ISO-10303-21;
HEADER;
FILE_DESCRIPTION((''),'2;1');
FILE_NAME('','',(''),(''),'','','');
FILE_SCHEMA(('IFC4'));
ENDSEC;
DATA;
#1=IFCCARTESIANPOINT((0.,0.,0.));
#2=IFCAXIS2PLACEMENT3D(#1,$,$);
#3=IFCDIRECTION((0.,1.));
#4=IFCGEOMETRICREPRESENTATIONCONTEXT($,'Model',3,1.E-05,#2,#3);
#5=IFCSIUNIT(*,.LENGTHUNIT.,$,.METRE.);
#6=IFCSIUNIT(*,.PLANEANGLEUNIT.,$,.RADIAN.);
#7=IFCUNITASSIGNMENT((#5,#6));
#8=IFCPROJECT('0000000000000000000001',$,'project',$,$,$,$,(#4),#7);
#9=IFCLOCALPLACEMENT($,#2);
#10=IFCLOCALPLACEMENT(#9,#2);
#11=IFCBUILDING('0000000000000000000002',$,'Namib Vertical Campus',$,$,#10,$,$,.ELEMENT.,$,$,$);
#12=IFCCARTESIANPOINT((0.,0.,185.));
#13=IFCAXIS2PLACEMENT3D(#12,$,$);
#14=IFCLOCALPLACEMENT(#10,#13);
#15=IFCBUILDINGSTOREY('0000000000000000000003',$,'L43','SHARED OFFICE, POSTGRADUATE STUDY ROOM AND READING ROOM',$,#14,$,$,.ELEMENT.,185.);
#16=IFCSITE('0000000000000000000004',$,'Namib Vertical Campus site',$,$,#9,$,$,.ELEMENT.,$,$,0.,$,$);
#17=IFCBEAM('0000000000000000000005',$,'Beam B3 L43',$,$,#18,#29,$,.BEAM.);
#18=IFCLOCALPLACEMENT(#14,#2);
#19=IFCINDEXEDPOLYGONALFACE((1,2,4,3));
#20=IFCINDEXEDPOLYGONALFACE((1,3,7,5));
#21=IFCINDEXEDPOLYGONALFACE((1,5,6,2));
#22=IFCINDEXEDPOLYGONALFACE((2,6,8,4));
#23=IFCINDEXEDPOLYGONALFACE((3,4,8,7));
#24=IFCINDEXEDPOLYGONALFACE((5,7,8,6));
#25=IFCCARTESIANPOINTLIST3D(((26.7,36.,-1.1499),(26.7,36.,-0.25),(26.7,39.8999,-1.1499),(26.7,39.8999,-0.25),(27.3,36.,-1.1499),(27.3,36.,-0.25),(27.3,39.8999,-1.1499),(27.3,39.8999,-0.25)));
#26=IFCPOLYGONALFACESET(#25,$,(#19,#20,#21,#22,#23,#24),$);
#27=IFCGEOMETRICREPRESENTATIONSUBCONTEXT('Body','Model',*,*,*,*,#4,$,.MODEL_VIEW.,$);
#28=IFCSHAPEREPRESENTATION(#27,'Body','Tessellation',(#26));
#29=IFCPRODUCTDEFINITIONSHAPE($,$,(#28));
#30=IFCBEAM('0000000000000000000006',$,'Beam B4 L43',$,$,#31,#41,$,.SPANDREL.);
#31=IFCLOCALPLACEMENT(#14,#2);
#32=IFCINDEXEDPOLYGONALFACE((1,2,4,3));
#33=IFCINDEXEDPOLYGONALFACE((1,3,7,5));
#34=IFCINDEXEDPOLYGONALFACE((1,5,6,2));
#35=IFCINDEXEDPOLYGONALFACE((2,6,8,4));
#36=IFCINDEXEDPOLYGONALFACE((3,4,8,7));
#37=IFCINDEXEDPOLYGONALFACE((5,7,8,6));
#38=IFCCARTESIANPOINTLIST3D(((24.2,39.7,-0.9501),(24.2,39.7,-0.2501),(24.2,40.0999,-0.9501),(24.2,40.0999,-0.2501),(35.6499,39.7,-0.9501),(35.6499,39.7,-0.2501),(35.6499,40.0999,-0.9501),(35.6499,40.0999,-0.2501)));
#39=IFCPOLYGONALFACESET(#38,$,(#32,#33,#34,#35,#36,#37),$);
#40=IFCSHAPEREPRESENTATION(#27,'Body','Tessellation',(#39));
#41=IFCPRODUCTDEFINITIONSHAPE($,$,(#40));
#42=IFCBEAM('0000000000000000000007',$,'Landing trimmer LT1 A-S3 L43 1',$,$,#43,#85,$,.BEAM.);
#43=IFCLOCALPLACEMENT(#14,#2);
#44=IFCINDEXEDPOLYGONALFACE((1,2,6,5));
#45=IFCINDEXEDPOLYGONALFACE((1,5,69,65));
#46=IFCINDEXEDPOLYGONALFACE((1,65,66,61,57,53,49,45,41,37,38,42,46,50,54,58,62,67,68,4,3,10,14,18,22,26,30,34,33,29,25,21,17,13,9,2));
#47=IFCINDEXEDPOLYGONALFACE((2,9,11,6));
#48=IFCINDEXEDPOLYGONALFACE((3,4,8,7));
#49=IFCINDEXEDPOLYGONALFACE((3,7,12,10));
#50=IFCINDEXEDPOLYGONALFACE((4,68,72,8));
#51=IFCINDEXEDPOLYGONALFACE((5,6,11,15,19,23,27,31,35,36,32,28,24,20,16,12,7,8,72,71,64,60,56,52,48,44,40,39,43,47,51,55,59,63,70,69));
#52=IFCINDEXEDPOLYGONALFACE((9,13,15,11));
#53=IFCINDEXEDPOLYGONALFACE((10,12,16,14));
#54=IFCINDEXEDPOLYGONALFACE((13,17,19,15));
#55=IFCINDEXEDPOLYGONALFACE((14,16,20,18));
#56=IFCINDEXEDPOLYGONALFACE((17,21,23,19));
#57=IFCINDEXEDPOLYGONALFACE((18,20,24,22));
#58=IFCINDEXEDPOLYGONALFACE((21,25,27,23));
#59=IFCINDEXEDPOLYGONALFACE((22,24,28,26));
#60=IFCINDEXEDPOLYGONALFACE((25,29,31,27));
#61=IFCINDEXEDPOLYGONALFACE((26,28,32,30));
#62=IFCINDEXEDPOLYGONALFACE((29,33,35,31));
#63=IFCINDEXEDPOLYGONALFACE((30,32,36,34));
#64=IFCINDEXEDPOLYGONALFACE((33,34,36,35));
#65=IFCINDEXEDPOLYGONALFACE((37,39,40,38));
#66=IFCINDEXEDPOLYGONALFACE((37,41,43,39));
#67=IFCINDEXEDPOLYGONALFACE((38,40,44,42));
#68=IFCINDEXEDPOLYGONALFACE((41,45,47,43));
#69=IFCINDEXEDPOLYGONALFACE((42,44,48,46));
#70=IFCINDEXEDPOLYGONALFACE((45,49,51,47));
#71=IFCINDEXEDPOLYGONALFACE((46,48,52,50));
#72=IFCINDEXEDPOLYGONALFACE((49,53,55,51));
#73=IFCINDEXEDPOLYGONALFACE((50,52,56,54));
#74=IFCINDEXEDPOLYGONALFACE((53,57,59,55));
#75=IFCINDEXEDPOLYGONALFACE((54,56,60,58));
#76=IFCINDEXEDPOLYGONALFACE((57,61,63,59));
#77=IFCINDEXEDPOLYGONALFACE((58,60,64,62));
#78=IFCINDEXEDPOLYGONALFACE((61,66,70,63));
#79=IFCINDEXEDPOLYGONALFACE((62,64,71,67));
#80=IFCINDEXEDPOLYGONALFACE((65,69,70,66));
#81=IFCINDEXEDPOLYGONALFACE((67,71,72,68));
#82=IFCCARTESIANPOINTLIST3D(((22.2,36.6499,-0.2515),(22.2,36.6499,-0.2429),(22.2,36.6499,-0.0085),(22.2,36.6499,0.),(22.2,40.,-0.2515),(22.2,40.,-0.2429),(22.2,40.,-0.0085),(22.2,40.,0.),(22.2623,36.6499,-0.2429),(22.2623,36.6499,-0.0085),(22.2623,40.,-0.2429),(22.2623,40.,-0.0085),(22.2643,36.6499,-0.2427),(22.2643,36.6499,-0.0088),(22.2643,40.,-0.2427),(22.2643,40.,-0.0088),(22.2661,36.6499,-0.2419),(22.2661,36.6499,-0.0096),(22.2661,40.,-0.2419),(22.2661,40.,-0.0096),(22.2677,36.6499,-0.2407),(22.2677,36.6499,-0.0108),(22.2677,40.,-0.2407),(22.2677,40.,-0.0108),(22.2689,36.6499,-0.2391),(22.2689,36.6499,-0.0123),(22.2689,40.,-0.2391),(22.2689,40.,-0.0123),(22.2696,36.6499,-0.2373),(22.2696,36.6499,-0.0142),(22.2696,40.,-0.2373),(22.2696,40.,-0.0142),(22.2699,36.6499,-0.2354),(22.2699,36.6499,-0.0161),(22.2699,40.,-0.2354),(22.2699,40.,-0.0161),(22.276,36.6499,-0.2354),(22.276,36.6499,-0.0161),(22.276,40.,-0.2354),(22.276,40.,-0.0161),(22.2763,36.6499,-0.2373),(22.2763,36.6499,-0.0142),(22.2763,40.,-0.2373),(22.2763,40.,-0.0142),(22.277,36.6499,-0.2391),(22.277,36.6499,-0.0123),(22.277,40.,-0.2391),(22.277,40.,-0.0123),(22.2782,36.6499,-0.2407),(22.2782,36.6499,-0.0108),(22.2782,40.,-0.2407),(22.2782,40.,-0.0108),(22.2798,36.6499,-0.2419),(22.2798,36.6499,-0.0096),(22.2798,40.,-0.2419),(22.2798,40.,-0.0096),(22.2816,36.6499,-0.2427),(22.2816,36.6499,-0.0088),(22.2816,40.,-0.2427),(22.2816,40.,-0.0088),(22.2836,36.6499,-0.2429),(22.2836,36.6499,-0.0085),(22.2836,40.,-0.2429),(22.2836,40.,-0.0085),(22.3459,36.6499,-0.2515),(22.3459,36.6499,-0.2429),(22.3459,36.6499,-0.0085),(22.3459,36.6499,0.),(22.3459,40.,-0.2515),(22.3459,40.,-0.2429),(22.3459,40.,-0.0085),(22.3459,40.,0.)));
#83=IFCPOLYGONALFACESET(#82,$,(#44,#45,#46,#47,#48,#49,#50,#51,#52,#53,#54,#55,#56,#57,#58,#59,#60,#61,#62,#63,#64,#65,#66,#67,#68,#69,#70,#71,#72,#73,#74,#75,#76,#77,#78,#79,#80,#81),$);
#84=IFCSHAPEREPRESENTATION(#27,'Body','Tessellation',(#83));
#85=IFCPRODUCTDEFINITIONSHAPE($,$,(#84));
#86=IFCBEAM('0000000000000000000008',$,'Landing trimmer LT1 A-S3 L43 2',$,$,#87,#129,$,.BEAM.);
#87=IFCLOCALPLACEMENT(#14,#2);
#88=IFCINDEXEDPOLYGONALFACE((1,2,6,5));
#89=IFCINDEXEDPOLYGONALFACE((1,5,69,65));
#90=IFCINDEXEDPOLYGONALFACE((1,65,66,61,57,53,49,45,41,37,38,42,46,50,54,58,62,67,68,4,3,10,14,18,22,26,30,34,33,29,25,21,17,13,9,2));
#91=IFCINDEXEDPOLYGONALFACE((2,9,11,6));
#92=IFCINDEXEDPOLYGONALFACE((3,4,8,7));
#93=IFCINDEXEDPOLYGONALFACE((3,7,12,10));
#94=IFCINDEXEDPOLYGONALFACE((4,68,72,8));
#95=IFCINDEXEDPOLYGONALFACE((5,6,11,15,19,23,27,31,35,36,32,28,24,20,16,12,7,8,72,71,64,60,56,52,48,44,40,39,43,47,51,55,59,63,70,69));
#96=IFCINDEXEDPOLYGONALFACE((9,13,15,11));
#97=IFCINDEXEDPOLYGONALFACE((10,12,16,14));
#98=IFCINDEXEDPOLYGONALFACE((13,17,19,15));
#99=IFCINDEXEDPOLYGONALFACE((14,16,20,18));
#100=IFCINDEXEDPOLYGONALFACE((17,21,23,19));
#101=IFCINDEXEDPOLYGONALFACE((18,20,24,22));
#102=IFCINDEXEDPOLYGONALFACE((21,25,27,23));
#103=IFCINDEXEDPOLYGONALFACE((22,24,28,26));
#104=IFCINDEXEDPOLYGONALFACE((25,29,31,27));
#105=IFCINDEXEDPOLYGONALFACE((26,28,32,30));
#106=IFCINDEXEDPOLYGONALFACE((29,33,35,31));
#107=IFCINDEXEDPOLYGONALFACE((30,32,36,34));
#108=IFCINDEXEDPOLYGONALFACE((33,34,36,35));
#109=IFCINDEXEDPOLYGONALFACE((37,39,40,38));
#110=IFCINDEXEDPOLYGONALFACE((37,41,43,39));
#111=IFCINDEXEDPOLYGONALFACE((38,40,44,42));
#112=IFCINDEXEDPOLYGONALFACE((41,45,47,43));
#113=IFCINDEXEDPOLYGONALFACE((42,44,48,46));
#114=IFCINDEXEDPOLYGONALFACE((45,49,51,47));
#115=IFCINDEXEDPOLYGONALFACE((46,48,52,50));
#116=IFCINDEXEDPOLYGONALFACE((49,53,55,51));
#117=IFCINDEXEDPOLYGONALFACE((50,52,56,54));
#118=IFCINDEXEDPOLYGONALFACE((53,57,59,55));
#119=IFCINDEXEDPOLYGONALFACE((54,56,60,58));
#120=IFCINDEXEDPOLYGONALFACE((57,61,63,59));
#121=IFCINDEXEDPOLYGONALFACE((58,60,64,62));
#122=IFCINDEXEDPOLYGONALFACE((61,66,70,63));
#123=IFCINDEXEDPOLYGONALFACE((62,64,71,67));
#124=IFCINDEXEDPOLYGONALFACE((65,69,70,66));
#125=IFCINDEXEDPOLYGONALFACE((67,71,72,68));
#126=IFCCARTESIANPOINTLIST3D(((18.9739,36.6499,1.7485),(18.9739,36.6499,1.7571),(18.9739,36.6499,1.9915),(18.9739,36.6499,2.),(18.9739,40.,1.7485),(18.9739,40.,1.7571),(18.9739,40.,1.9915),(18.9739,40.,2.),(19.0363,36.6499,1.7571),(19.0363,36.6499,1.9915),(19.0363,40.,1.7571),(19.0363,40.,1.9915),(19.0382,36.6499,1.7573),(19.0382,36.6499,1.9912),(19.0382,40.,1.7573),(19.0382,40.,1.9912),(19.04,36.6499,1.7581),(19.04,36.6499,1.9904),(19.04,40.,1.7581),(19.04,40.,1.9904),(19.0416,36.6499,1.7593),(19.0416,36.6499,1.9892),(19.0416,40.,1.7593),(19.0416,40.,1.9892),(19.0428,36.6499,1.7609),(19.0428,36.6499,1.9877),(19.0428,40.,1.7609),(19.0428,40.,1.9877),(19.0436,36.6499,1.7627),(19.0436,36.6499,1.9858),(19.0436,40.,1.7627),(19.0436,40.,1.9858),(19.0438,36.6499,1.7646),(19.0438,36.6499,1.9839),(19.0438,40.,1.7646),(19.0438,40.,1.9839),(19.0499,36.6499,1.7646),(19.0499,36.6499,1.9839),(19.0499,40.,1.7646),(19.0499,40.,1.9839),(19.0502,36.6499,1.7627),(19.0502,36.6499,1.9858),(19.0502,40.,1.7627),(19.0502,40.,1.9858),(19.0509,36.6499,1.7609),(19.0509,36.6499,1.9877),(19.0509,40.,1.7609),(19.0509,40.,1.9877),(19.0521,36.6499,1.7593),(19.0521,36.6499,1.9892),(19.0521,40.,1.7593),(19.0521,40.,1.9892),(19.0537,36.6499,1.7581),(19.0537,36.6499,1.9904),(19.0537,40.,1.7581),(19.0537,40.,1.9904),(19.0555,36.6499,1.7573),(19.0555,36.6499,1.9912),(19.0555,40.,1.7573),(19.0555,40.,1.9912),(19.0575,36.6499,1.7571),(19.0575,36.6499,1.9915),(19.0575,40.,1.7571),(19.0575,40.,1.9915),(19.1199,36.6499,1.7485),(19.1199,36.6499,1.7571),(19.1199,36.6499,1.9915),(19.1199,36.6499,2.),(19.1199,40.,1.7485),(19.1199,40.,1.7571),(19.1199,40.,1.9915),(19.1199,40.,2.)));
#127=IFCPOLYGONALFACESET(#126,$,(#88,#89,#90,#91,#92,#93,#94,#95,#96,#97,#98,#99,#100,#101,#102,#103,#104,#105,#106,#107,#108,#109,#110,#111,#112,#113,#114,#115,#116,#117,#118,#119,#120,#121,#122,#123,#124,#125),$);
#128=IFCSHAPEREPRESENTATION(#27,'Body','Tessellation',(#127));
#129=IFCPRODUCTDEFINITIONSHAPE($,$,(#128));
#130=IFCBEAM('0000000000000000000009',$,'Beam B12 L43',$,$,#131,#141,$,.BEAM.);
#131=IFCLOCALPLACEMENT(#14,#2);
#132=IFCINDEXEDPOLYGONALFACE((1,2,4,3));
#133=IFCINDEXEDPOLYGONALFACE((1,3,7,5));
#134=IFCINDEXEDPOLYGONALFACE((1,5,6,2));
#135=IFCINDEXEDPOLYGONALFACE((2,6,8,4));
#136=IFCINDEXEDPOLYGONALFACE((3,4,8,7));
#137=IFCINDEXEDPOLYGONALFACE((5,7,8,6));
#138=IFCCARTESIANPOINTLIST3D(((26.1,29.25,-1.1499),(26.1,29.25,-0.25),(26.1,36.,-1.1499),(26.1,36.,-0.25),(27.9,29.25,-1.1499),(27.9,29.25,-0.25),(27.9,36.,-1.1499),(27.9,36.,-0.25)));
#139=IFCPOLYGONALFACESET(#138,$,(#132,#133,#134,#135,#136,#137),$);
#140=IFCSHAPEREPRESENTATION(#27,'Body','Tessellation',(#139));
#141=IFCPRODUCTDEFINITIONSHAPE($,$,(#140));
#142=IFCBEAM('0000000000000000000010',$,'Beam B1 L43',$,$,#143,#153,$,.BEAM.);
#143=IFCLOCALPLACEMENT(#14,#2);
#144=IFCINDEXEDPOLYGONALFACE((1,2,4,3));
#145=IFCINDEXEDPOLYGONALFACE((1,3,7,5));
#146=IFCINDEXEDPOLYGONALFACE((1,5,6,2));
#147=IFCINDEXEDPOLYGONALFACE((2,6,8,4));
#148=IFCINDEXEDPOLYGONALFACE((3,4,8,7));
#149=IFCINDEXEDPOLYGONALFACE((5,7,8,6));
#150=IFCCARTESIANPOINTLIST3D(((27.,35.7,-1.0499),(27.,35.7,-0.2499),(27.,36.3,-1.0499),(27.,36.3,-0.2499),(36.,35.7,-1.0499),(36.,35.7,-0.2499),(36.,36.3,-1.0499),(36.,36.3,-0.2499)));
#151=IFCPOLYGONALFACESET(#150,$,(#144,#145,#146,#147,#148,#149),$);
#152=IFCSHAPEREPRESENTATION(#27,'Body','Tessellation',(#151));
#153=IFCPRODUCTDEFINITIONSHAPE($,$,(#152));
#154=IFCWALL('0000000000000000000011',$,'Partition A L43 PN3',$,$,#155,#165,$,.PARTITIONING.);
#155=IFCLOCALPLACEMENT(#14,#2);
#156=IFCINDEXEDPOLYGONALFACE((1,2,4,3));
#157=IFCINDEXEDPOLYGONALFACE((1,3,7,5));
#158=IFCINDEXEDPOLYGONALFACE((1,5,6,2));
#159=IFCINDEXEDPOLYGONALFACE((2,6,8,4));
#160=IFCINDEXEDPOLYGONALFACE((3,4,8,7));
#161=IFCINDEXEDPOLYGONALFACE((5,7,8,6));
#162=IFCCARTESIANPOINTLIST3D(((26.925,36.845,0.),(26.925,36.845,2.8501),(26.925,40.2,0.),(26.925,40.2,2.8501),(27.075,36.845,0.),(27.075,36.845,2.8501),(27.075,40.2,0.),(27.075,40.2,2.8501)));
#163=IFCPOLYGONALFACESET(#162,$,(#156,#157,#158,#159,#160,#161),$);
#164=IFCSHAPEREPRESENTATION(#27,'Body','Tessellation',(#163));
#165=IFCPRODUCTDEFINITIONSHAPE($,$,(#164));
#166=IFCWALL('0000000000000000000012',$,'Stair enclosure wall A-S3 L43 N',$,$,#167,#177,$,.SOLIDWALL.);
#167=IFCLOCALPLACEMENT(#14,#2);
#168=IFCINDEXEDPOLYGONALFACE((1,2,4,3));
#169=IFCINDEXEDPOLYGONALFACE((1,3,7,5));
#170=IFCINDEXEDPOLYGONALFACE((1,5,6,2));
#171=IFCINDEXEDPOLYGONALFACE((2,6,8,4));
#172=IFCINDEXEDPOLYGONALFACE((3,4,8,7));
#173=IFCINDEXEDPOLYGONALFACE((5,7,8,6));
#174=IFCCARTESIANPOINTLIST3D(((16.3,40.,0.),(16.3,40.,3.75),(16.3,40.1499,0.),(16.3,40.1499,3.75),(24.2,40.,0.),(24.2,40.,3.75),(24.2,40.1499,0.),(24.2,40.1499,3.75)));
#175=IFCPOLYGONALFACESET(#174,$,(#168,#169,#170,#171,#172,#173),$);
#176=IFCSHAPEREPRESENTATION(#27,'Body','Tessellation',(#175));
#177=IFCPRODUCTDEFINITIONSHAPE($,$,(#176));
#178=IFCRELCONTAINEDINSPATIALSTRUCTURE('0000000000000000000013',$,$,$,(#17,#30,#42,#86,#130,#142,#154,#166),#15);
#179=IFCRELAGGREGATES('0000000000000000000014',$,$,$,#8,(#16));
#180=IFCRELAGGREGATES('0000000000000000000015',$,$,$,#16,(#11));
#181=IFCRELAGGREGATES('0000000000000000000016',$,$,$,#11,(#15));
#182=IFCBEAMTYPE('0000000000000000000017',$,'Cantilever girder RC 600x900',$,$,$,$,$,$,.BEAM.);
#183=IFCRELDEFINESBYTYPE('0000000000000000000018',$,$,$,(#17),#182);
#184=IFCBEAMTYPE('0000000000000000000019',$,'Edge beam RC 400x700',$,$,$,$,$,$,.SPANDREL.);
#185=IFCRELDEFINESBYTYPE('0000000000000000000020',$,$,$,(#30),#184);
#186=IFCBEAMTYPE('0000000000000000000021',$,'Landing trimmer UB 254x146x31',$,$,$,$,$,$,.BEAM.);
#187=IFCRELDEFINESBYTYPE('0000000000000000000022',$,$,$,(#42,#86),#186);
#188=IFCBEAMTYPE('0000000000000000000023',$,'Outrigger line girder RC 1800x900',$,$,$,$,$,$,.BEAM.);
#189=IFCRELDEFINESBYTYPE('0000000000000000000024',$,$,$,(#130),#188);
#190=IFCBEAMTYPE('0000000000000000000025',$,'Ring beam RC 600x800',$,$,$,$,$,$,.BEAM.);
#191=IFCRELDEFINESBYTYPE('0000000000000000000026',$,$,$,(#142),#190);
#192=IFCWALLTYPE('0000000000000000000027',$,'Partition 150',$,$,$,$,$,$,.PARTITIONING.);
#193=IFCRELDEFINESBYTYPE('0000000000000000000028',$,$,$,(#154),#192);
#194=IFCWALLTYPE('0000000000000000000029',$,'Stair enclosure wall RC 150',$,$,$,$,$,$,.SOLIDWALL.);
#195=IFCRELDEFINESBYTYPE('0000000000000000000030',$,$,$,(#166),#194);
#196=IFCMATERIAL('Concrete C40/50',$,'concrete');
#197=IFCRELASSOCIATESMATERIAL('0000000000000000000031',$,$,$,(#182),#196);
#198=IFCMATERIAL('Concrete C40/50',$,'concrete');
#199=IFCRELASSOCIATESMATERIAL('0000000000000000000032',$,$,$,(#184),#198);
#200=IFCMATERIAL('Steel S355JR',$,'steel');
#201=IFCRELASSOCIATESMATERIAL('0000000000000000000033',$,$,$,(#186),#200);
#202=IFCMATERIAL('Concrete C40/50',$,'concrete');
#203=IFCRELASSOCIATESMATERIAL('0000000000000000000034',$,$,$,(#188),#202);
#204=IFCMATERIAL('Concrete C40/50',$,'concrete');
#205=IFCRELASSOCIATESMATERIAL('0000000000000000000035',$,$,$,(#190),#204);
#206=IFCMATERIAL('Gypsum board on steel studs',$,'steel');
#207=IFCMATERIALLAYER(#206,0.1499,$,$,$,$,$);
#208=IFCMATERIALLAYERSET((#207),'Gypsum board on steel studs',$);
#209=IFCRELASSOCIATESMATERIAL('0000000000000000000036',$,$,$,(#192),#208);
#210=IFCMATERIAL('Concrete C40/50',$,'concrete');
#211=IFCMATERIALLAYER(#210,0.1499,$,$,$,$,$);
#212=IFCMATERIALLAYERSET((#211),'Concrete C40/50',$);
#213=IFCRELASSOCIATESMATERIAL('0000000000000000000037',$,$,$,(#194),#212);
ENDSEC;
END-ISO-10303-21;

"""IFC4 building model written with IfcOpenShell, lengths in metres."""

from ifc_helpers import new_model, si_unit, direction, frame, frame_2d, origin, origin_2d, place, context, subcontext, project, spatial, rectangle, i_section, extrude, material, layer, layer_set, material_profile, profile_set, type_object, element, save


model = new_model("IFC4")

# Units and contexts
model_context = context("Model", 3, precision=1e-05, world=origin(), true_north=direction((0.0, 1.0)))
body_context = subcontext(model_context, "Body", "Model", "MODEL_VIEW")
ifc_project = project(units=[si_unit("LENGTHUNIT", "METRE"), si_unit("PLANEANGLEUNIT", "RADIAN")], contexts=[model_context])

# Site, building, storey
site_placement = place(None, origin())
site = spatial("IfcSite", under=ifc_project, at=site_placement, Name="Namib Vertical Campus site", CompositionType="ELEMENT", RefElevation=0.0)
building_placement = place(site_placement, origin())
building = spatial("IfcBuilding", under=site, at=building_placement, Name="Namib Vertical Campus", CompositionType="ELEMENT")
storey_placement = place(building_placement, frame((0.0, 0.0, 185.0)))
storey = spatial("IfcBuildingStorey", under=building, at=storey_placement, Name="L43", Description="SHARED OFFICE, POSTGRADUATE STUDY ROOM AND READING ROOM", CompositionType="ELEMENT", Elevation=185.0)

# Beams
ifc_material_1 = material(Name="Concrete C40/50", Category="concrete")
ifc_material_profile_1 = material_profile(ifc_material_1, rectangle(XDim=0.6001, YDim=0.8999, at=origin_2d()))
ifc_profile_set_1 = profile_set([ifc_material_profile_1], Name="Concrete C40/50")
beam_type_1 = type_object("IfcBeamType", Name="Cantilever girder RC 600x900", PredefinedType="BEAM", material=ifc_profile_set_1)
beam_1_placement = place(storey_placement, frame((27.0, 36.0, -0.7), z_axis=(0.0, 1.0, 0.0), x_axis=(-1.0, 0.0, 0.0)))
element("IfcBeam", 1, at=beam_1_placement, inside=storey, type_object=beam_type_1, Name="Beam B3 L43", PredefinedType="BEAM", context=body_context, shape_type="SweptSolid", body=[
    extrude(rectangle(XDim=0.6001, YDim=0.8999, at=origin_2d()), origin(), (0.0, 0.0, 1.0), 3.8999),
])
ifc_material_2 = material(Name="Concrete C40/50", Category="concrete")
ifc_material_profile_2 = material_profile(ifc_material_2, rectangle(XDim=0.3999, YDim=0.7, at=origin_2d()))
ifc_profile_set_2 = profile_set([ifc_material_profile_2], Name="Concrete C40/50")
beam_type_2 = type_object("IfcBeamType", Name="Edge beam RC 400x700", PredefinedType="SPANDREL", material=ifc_profile_set_2)
beam_2_placement = place(storey_placement, frame((24.2, 39.8999, -0.6001), z_axis=(1.0, 0.0, 0.0), x_axis=(0.0, 1.0, 0.0)))
element("IfcBeam", 2, at=beam_2_placement, inside=storey, type_object=beam_type_2, Name="Beam B4 L43", PredefinedType="SPANDREL", context=body_context, shape_type="SweptSolid", body=[
    extrude(rectangle(XDim=0.3999, YDim=0.7, at=origin_2d()), origin(), (0.0, 0.0, 1.0), 11.45),
])
ifc_material_3 = material(Name="Steel S355JR", Category="steel")
ifc_material_profile_3 = material_profile(ifc_material_3, i_section(OverallWidth=0.146, OverallDepth=0.2515, WebThickness=0.0061, FlangeThickness=0.0085, FilletRadius=0.0076, at=origin_2d()))
ifc_profile_set_3 = profile_set([ifc_material_profile_3], Name="Steel S355JR")
beam_type_3 = type_object("IfcBeamType", Name="Landing trimmer UB 254x146x31", PredefinedType="BEAM", material=ifc_profile_set_3)
for number, where, z_axis, x_axis, name in (
    (3, (22.2729, 36.6499, -0.1257), (0.0, 1.0, 0.0), (-1.0, 0.0, 0.0), "Landing trimmer LT1 A-S3 L43 1"),
    (4, (19.0469, 36.6499, 1.8743), (0.0, 1.0, 0.0), (-1.0, 0.0, 0.0), "Landing trimmer LT1 A-S3 L43 2"),
):
    element("IfcBeam", number, at=place(storey_placement, frame(where, z_axis=z_axis, x_axis=x_axis)), inside=storey, type_object=beam_type_3, Name=name, PredefinedType="BEAM", context=body_context, shape_type="SweptSolid", body=[
        extrude(i_section(OverallWidth=0.146, OverallDepth=0.2515, WebThickness=0.0061, FlangeThickness=0.0085, FilletRadius=0.0076, at=origin_2d()), origin(), (0.0, 0.0, 1.0), 3.3501),
    ])
ifc_material_4 = material(Name="Concrete C40/50", Category="concrete")
ifc_material_profile_4 = material_profile(ifc_material_4, rectangle(XDim=1.8, YDim=0.8999, at=origin_2d()))
ifc_profile_set_4 = profile_set([ifc_material_profile_4], Name="Concrete C40/50")
beam_type_4 = type_object("IfcBeamType", Name="Outrigger line girder RC 1800x900", PredefinedType="BEAM", material=ifc_profile_set_4)
beam_3_placement = place(storey_placement, frame((27.0, 36.0, -0.7), z_axis=(0.0, -1.0, 0.0), x_axis=(1.0, 0.0, 0.0)))
element("IfcBeam", 5, at=beam_3_placement, inside=storey, type_object=beam_type_4, Name="Beam B12 L43", PredefinedType="BEAM", context=body_context, shape_type="SweptSolid", body=[
    extrude(rectangle(XDim=1.8, YDim=0.8999, at=origin_2d()), origin(), (0.0, 0.0, 1.0), 6.75),
])
ifc_material_5 = material(Name="Concrete C40/50", Category="concrete")
ifc_material_profile_5 = material_profile(ifc_material_5, rectangle(XDim=0.6001, YDim=0.8, at=origin_2d()))
ifc_profile_set_5 = profile_set([ifc_material_profile_5], Name="Concrete C40/50")
beam_type_5 = type_object("IfcBeamType", Name="Ring beam RC 600x800", PredefinedType="BEAM", material=ifc_profile_set_5)
beam_4_placement = place(storey_placement, frame((27.0, 36.0, -0.6499), z_axis=(1.0, 0.0, 0.0), x_axis=(0.0, 1.0, 0.0)))
element("IfcBeam", 6, at=beam_4_placement, inside=storey, type_object=beam_type_5, Name="Beam B1 L43", PredefinedType="BEAM", context=body_context, shape_type="SweptSolid", body=[
    extrude(rectangle(XDim=0.6001, YDim=0.8, at=origin_2d()), origin(), (0.0, 0.0, 1.0), 9.0),
])

# Walls
ifc_material_6 = material(Name="Gypsum board on steel studs", Category="steel")
ifc_layer_1 = layer(ifc_material_6, 0.1499)
ifc_layer_set_1 = layer_set([ifc_layer_1], Name="Gypsum board on steel studs")
wall_type_1 = type_object("IfcWallType", Name="Partition 150", PredefinedType="PARTITIONING", material=ifc_layer_set_1)
wall_1_placement = place(storey_placement, frame((27.0, 36.845, 0.0), z_axis=(0.0, 0.0, 1.0), x_axis=(0.0, 1.0, 0.0)))
element("IfcWall", 7, at=wall_1_placement, inside=storey, type_object=wall_type_1, Name="Partition A L43 PN3", PredefinedType="PARTITIONING", context=body_context, shape_type="SweptSolid", body=[
    extrude(rectangle(XDim=3.355, YDim=0.1499, at=frame_2d((1.6775, 0.0))), origin(), (0.0, 0.0, 1.0), 2.8501),
])
ifc_material_7 = material(Name="Concrete C40/50", Category="concrete")
ifc_layer_2 = layer(ifc_material_7, 0.1499)
ifc_layer_set_2 = layer_set([ifc_layer_2], Name="Concrete C40/50")
wall_type_2 = type_object("IfcWallType", Name="Stair enclosure wall RC 150", PredefinedType="SOLIDWALL", material=ifc_layer_set_2)
wall_2_placement = place(storey_placement, frame((16.3, 40.075, 0.0), z_axis=(0.0, 0.0, 1.0), x_axis=(1.0, 0.0, 0.0)))
element("IfcWall", 8, at=wall_2_placement, inside=storey, type_object=wall_type_2, Name="Stair enclosure wall A-S3 L43 N", PredefinedType="SOLIDWALL", context=body_context, shape_type="SweptSolid", body=[
    extrude(rectangle(XDim=7.8999, YDim=0.1499, at=frame_2d((3.95, 0.0))), origin(), (0.0, 0.0, 1.0), 3.75),
])

save(model, "model.ifc")
